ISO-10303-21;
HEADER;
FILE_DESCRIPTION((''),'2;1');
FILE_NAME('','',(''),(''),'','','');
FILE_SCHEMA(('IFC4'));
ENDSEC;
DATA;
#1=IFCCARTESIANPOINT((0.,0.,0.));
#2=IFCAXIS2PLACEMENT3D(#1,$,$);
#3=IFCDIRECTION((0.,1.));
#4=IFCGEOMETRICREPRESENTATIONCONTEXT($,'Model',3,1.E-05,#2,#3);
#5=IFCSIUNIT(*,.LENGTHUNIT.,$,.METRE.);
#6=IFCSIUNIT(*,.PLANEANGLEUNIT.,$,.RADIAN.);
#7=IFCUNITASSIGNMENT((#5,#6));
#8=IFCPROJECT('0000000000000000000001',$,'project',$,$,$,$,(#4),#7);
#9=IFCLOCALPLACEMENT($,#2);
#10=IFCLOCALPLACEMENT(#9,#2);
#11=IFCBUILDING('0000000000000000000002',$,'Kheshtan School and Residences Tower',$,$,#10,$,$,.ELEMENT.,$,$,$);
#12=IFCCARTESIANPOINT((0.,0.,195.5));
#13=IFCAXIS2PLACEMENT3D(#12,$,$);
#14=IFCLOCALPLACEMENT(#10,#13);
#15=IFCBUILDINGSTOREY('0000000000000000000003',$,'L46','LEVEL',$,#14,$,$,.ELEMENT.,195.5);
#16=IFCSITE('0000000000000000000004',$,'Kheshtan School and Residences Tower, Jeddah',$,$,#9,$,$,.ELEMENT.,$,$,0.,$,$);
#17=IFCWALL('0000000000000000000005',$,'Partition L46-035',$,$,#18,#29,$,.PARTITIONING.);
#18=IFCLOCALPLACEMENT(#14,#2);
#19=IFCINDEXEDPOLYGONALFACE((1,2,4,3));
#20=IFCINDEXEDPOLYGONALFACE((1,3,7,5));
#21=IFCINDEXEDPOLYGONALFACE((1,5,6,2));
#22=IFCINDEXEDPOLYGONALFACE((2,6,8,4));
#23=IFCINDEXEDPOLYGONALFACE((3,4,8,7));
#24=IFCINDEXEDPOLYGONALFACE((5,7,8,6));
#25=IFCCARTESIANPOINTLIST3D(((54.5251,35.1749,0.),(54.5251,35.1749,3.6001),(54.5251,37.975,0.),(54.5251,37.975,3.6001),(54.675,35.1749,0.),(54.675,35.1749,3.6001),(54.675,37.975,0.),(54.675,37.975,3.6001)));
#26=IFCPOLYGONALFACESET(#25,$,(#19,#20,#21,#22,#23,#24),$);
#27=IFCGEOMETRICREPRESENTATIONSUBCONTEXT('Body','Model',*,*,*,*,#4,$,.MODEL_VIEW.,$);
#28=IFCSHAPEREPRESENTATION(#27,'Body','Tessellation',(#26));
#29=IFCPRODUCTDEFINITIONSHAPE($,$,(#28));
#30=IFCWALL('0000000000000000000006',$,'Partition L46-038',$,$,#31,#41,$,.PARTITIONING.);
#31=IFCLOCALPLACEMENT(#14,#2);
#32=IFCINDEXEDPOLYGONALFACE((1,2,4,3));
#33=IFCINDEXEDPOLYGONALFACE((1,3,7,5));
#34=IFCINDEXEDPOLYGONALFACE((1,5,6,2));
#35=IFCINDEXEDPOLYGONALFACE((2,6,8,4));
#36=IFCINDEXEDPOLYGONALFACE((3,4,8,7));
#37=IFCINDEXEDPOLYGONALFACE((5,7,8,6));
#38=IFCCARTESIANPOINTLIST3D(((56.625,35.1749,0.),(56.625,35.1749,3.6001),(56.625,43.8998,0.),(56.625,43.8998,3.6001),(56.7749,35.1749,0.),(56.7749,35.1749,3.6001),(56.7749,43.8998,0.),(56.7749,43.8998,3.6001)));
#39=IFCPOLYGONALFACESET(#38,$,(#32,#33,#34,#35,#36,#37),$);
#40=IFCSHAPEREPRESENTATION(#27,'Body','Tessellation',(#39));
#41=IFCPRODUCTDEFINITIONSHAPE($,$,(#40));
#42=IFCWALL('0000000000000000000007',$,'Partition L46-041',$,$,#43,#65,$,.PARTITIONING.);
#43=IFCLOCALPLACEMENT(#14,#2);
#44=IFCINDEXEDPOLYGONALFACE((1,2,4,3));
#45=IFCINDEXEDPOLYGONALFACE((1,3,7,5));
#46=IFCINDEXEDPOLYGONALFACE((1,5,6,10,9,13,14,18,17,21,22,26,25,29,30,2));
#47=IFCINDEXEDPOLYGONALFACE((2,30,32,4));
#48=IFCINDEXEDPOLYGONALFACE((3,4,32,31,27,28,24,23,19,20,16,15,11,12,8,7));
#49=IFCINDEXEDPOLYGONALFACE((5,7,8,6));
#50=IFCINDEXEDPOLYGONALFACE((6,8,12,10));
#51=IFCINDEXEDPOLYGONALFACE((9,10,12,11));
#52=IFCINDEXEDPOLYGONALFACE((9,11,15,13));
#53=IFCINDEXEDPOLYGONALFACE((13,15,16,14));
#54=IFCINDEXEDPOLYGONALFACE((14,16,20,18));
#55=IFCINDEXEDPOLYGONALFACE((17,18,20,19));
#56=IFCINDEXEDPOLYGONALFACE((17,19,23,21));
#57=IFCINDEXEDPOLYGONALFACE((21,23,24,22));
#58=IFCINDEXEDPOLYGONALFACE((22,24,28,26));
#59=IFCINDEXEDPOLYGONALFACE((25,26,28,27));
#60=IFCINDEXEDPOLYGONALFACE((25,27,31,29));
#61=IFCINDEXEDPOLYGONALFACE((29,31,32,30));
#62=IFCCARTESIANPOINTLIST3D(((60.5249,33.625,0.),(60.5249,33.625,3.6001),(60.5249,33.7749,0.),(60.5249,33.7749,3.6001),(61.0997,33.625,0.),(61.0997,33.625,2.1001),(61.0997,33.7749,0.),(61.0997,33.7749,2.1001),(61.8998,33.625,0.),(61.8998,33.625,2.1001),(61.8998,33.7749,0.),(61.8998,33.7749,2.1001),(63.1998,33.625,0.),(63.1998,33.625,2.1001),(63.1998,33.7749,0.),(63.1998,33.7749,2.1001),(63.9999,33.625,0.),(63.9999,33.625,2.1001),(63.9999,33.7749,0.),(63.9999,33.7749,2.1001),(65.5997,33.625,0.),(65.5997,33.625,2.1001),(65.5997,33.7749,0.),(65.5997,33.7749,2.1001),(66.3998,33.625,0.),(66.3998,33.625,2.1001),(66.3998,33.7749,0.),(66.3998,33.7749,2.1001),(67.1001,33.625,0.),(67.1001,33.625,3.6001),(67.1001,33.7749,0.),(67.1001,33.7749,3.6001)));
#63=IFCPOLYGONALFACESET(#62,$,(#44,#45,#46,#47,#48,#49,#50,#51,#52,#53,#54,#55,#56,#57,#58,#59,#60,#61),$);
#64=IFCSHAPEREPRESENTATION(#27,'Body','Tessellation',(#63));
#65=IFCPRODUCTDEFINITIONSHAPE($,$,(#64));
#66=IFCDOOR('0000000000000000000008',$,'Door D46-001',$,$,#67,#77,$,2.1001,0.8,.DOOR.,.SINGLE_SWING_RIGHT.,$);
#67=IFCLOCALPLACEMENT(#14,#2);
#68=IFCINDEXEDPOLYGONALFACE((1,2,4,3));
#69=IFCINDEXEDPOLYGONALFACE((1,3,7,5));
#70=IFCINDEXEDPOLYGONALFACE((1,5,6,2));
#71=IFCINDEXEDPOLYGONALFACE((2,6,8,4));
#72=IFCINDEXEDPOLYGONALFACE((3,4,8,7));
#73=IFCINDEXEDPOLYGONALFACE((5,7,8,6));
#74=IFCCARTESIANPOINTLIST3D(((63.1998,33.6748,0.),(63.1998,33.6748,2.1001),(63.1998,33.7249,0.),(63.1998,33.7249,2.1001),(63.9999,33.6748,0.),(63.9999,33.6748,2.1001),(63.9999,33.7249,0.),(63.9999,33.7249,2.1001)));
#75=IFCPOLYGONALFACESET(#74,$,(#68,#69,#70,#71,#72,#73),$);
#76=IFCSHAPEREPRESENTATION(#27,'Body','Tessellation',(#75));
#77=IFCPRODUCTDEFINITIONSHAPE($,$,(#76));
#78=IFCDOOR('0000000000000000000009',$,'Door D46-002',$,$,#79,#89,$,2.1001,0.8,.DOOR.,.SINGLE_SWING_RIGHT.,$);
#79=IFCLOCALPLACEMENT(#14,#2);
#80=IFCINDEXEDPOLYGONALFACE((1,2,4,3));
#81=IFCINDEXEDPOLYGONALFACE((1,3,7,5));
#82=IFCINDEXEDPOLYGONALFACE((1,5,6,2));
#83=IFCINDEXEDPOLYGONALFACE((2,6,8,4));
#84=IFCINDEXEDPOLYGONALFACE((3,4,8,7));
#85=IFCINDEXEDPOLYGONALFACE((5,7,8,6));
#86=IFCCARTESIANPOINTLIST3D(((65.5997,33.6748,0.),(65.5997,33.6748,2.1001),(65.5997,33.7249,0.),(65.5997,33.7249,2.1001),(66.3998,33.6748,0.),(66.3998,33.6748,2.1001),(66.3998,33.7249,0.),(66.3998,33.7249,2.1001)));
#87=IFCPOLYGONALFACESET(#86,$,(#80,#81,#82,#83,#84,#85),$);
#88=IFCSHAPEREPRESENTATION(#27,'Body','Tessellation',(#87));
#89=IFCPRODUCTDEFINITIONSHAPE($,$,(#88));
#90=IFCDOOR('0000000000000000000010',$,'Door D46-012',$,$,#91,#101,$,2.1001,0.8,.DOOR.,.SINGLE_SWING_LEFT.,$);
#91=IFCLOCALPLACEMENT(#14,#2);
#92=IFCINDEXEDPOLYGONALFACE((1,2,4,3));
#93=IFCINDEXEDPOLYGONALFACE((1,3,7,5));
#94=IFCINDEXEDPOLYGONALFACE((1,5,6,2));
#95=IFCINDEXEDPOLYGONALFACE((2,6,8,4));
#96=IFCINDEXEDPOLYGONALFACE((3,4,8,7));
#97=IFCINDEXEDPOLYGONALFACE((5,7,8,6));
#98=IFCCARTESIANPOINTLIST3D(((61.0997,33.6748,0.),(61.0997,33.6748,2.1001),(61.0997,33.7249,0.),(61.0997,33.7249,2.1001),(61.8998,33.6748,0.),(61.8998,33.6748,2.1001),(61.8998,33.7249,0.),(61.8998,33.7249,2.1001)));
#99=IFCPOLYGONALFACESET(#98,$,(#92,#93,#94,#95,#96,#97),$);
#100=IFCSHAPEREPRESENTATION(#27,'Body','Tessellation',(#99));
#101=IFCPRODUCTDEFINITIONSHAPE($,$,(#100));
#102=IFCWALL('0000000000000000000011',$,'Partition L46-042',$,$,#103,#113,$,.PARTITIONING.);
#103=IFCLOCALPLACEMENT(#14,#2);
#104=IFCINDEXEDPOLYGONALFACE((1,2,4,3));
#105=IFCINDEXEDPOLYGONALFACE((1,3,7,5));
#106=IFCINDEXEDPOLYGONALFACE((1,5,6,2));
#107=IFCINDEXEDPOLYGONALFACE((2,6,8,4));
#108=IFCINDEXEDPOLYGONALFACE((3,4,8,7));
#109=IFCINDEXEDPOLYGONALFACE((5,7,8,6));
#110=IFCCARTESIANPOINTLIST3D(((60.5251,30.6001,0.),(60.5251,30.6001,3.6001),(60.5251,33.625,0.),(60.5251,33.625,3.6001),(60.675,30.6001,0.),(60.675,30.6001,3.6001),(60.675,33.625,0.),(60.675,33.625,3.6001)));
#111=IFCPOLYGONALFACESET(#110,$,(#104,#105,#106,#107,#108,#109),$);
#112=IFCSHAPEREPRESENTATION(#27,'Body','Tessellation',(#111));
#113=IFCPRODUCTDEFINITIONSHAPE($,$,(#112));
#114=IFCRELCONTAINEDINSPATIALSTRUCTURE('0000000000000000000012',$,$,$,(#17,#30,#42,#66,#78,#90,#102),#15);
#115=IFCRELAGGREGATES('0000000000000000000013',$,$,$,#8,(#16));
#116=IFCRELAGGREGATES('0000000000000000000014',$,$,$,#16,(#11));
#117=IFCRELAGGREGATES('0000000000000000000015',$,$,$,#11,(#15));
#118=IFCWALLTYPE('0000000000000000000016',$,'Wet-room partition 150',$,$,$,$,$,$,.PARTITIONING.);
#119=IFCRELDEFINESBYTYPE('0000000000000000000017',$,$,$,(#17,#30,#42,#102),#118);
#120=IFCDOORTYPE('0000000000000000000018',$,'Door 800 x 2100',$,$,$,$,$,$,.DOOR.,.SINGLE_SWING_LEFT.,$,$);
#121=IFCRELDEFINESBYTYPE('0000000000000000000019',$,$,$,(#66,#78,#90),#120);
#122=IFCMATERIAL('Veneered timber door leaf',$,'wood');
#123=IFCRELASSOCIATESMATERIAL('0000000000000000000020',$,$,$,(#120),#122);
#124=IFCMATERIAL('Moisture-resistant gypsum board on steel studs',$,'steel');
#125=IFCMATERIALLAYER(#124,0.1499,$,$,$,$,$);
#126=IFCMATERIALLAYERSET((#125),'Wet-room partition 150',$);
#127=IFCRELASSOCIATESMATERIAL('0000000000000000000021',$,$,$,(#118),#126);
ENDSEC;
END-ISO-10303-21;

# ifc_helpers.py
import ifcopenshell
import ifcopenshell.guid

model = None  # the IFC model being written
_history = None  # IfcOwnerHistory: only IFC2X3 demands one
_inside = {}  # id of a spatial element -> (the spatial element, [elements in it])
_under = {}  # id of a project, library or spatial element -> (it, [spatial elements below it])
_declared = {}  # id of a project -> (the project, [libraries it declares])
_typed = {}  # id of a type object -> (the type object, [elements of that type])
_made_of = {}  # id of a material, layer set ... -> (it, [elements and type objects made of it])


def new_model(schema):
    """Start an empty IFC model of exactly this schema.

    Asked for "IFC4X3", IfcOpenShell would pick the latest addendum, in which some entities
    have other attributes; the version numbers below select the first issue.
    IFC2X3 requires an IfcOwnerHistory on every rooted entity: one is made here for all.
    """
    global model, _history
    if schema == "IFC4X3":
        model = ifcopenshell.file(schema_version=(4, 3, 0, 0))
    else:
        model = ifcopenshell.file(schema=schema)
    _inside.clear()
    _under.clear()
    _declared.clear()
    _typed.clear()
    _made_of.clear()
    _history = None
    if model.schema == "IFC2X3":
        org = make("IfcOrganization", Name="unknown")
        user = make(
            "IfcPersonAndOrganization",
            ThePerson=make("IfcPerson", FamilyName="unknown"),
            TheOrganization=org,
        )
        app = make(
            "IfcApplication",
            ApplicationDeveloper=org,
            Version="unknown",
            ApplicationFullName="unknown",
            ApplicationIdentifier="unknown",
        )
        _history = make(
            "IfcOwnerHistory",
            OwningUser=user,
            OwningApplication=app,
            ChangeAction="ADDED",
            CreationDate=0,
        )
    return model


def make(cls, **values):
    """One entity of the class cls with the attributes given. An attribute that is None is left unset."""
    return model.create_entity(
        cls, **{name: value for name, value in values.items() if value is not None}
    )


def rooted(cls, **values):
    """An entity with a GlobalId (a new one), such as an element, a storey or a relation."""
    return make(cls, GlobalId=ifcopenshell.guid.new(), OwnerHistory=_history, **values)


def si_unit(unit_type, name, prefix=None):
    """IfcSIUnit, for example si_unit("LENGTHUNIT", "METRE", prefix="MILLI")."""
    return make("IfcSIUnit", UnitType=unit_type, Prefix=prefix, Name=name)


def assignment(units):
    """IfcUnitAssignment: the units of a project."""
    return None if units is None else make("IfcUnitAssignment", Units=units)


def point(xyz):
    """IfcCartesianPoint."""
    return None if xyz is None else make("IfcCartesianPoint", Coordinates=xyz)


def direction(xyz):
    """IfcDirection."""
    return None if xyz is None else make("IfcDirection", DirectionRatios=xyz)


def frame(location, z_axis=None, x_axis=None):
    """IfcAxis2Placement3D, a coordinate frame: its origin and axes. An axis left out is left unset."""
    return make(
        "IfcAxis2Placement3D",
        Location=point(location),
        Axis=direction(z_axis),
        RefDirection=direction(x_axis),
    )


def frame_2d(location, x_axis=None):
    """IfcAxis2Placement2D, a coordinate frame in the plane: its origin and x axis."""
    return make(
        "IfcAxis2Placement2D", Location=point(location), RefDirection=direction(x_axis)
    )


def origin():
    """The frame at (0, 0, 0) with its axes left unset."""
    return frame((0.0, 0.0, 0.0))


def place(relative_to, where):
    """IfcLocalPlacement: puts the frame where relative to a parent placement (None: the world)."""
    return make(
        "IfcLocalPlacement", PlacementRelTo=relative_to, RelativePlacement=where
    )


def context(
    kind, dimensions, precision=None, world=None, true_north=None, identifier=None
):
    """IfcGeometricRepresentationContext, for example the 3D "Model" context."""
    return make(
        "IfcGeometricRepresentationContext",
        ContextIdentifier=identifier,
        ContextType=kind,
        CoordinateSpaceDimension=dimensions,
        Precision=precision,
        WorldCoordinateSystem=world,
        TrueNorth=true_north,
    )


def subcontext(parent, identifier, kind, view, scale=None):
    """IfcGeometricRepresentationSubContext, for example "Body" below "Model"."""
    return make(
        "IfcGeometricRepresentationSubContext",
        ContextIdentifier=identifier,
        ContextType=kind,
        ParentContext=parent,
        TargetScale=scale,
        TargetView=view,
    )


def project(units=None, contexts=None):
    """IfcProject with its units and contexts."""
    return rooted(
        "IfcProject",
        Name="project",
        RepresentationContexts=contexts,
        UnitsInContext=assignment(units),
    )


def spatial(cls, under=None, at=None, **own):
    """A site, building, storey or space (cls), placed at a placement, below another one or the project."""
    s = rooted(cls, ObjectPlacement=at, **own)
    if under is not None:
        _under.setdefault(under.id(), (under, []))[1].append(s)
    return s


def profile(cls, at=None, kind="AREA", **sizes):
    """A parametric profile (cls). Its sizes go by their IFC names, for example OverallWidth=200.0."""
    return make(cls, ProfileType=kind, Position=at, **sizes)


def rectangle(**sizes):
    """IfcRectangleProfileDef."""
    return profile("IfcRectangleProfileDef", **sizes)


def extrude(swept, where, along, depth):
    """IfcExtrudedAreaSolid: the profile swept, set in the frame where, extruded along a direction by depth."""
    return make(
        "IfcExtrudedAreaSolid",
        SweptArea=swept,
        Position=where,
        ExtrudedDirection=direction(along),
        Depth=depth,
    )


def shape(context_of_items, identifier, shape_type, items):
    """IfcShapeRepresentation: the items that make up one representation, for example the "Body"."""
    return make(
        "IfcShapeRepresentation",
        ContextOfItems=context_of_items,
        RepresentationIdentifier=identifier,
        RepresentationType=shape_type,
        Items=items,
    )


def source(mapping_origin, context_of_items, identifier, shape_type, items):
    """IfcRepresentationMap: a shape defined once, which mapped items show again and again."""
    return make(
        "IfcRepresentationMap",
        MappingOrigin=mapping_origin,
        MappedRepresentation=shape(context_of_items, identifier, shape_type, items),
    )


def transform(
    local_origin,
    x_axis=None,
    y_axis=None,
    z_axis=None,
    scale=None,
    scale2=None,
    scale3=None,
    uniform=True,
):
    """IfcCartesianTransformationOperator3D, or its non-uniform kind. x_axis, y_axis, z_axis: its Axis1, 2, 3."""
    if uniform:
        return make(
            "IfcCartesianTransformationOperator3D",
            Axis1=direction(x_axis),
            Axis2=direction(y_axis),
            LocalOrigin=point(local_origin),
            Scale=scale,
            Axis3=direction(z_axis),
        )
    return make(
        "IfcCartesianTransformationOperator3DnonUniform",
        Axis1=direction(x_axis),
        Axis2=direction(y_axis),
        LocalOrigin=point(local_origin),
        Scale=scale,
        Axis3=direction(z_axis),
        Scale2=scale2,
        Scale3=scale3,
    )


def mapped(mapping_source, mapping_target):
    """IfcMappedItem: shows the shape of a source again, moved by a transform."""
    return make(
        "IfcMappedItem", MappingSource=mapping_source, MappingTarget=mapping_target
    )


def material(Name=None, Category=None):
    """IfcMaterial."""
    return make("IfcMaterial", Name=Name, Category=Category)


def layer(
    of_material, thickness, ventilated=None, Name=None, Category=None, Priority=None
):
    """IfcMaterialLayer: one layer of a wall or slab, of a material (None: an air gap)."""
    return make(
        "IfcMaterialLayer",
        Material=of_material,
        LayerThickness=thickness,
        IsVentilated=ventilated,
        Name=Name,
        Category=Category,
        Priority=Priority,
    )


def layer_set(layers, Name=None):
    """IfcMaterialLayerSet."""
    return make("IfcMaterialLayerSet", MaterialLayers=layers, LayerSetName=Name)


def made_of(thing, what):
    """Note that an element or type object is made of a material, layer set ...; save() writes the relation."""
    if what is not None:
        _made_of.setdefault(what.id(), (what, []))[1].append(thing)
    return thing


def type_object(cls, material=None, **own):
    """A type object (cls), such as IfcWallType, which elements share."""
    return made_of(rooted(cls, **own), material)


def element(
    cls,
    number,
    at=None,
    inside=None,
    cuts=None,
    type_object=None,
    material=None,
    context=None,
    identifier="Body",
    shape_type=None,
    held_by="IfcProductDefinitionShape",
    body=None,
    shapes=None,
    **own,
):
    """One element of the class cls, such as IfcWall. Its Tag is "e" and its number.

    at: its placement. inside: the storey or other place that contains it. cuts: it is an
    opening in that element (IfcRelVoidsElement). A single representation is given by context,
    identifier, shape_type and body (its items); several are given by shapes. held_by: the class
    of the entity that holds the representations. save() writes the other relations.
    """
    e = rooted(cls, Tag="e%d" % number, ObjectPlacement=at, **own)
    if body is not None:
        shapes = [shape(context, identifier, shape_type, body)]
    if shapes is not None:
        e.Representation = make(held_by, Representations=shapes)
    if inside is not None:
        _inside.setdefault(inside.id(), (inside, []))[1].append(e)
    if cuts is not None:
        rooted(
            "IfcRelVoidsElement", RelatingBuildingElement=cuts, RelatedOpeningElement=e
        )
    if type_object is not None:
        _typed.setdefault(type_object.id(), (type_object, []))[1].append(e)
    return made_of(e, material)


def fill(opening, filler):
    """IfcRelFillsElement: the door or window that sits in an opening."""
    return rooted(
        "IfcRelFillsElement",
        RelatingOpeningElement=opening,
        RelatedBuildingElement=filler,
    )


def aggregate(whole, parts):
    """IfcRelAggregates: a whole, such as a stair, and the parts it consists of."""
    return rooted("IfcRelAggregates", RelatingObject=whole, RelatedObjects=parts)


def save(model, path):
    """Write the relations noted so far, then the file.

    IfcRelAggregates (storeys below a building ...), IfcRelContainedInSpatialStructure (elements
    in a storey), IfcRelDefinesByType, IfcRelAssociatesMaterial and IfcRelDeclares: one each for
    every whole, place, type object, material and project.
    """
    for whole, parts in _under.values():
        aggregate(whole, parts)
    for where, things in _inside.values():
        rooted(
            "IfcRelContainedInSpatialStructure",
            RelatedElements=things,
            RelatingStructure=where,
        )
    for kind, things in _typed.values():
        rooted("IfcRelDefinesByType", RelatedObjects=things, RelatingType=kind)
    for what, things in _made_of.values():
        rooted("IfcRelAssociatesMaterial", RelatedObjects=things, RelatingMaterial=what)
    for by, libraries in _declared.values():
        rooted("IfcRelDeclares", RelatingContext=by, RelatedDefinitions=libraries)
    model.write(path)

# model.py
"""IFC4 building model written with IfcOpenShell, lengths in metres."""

from ifc_helpers import new_model, si_unit, direction, frame, frame_2d, origin, place, context, subcontext, project, spatial, rectangle, extrude, source, transform, mapped, material, layer, layer_set, type_object, element, fill, save


model = new_model("IFC4")

# Units and contexts
model_context = context("Model", 3, precision=1e-05, world=origin(), true_north=direction((0.0, 1.0)))
body_context = subcontext(model_context, "Body", "Model", "MODEL_VIEW")
ifc_project = project(units=[si_unit("LENGTHUNIT", "METRE"), si_unit("PLANEANGLEUNIT", "RADIAN")], contexts=[model_context])

# Site, building, storey
site_placement = place(None, origin())
site = spatial("IfcSite", under=ifc_project, at=site_placement, Name="Kheshtan School and Residences Tower, Jeddah", CompositionType="ELEMENT", RefElevation=0.0)
building_placement = place(site_placement, origin())
building = spatial("IfcBuilding", under=site, at=building_placement, Name="Kheshtan School and Residences Tower", CompositionType="ELEMENT")
storey_placement = place(building_placement, frame((0.0, 0.0, 195.5)))
storey = spatial("IfcBuildingStorey", under=building, at=storey_placement, Name="L46", Description="LEVEL", CompositionType="ELEMENT", Elevation=195.5)

# Shared definitions
ifc_material_1 = material(Name="Veneered timber door leaf", Category="wood")
door_type_1 = type_object("IfcDoorType", Name="Door 800 x 2100", OperationType="SINGLE_SWING_LEFT", PredefinedType="DOOR", material=ifc_material_1)
shared_shape_1 = source(origin(), body_context, "Body", "SweptSolid", [
    extrude(rectangle(XDim=0.8, YDim=2.1001, at=frame_2d((0.3999, 1.05))), frame((0.0, 0.0249, 0.0), z_axis=(0.0, -1.0, 0.0), x_axis=(1.0, 0.0, 0.0)), (0.0, 0.0, 1.0), 0.05),
])

# Shared definitions
ifc_material_2 = material(Name="Moisture-resistant gypsum board on steel studs", Category="steel")
ifc_layer_1 = layer(ifc_material_2, 0.1499)
ifc_layer_set_1 = layer_set([ifc_layer_1], Name="Wet-room partition 150")
wall_type_1 = type_object("IfcWallType", Name="Wet-room partition 150", PredefinedType="PARTITIONING", material=ifc_layer_set_1)

# Walls
wall_1_placement = place(storey_placement, frame((54.6001, 35.175, 0.0), z_axis=(0.0, 0.0, 1.0), x_axis=(0.0, 1.0, 0.0)))
element("IfcWall", 1, at=wall_1_placement, inside=storey, type_object=wall_type_1, Name="Partition L46-035", PredefinedType="PARTITIONING", context=body_context, shape_type="SweptSolid", body=[
    extrude(rectangle(XDim=2.8, YDim=0.1499, at=frame_2d((1.3999, 0.0))), origin(), (0.0, 0.0, 1.0), 3.6001),
])
wall_2_placement = place(storey_placement, frame((56.7, 35.175, 0.0), z_axis=(0.0, 0.0, 1.0), x_axis=(0.0, 1.0, 0.0)))
element("IfcWall", 2, at=wall_2_placement, inside=storey, type_object=wall_type_1, Name="Partition L46-038", PredefinedType="PARTITIONING", context=body_context, shape_type="SweptSolid", body=[
    extrude(rectangle(XDim=8.7249, YDim=0.1499, at=frame_2d((4.3623, 0.0))), origin(), (0.0, 0.0, 1.0), 3.6001),
])

# Wall, openings, doors
wall_3_placement = place(storey_placement, frame((60.5249, 33.7, 0.0), z_axis=(0.0, 0.0, 1.0), x_axis=(1.0, 0.0, 0.0)))
wall_3 = element("IfcWall", 3, at=wall_3_placement, inside=storey, type_object=wall_type_1, Name="Partition L46-041", PredefinedType="PARTITIONING", context=body_context, shape_type="SweptSolid", body=[
    extrude(rectangle(XDim=6.5752, YDim=0.1499, at=frame_2d((3.2876, 0.0))), origin(), (0.0, 0.0, 1.0), 3.6001),
])
opening_1_placement = place(wall_3_placement, frame((2.675, 0.0, 0.0)))
opening_1 = element("IfcOpeningElement", 4, at=opening_1_placement, cuts=wall_3, PredefinedType="OPENING", context=body_context, shape_type="SweptSolid", body=[
    extrude(rectangle(XDim=0.8, YDim=2.1001, at=frame_2d((0.3999, 1.05))), frame((0.0, 0.085, 0.0), z_axis=(0.0, -1.0, 0.0), x_axis=(1.0, 0.0, 0.0)), (0.0, 0.0, 1.0), 0.1699),
])
opening_2_placement = place(wall_3_placement, frame((5.075, 0.0, 0.0)))
opening_2 = element("IfcOpeningElement", 5, at=opening_2_placement, cuts=wall_3, PredefinedType="OPENING", context=body_context, shape_type="SweptSolid", body=[
    extrude(rectangle(XDim=0.8, YDim=2.1001, at=frame_2d((0.3999, 1.05))), frame((0.0, 0.085, 0.0), z_axis=(0.0, -1.0, 0.0), x_axis=(1.0, 0.0, 0.0)), (0.0, 0.0, 1.0), 0.1699),
])
opening_3_placement = place(wall_3_placement, frame((0.575, 0.0, 0.0)))
opening_3 = element("IfcOpeningElement", 6, at=opening_3_placement, cuts=wall_3, PredefinedType="OPENING", context=body_context, shape_type="SweptSolid", body=[
    extrude(rectangle(XDim=0.8, YDim=2.1001, at=frame_2d((0.3999, 1.05))), frame((0.0, 0.085, 0.0), z_axis=(0.0, -1.0, 0.0), x_axis=(1.0, 0.0, 0.0)), (0.0, 0.0, 1.0), 0.1699),
])
door_1_placement = place(opening_1_placement, origin())
door_1 = element("IfcDoor", 7, at=door_1_placement, inside=storey, type_object=door_type_1, Name="Door D46-001", OperationType="SINGLE_SWING_RIGHT", OverallHeight=2.1001, OverallWidth=0.8, PredefinedType="DOOR", context=body_context, shape_type="MappedRepresentation", body=[
    mapped(shared_shape_1, transform((0.0, 0.0, 0.0), x_axis=(1.0, 0.0, 0.0), y_axis=(0.0, 1.0, 0.0), z_axis=(0.0, 0.0, 1.0), scale=1.0)),
])
fill(opening_1, door_1)
door_2_placement = place(opening_2_placement, origin())
door_2 = element("IfcDoor", 8, at=door_2_placement, inside=storey, type_object=door_type_1, Name="Door D46-002", OperationType="SINGLE_SWING_RIGHT", OverallHeight=2.1001, OverallWidth=0.8, PredefinedType="DOOR", context=body_context, shape_type="MappedRepresentation", body=[
    mapped(shared_shape_1, transform((0.0, 0.0, 0.0), x_axis=(1.0, 0.0, 0.0), y_axis=(0.0, 1.0, 0.0), z_axis=(0.0, 0.0, 1.0), scale=1.0)),
])
fill(opening_2, door_2)
door_3_placement = place(opening_3_placement, origin())
door_3 = element("IfcDoor", 9, at=door_3_placement, inside=storey, type_object=door_type_1, Name="Door D46-012", OperationType="SINGLE_SWING_LEFT", OverallHeight=2.1001, OverallWidth=0.8, PredefinedType="DOOR", context=body_context, shape_type="MappedRepresentation", body=[
    mapped(shared_shape_1, transform((0.0, 0.0, 0.0), x_axis=(1.0, 0.0, 0.0), y_axis=(0.0, 1.0, 0.0), z_axis=(0.0, 0.0, 1.0), scale=1.0)),
])
fill(opening_3, door_3)

# Wall
wall_4_placement = place(storey_placement, frame((60.6001, 30.6001, 0.0), z_axis=(0.0, 0.0, 1.0), x_axis=(0.0, 1.0, 0.0)))
element("IfcWall", 10, at=wall_4_placement, inside=storey, type_object=wall_type_1, Name="Partition L46-042", PredefinedType="PARTITIONING", context=body_context, shape_type="SweptSolid", body=[
    extrude(rectangle(XDim=3.0249, YDim=0.1499, at=frame_2d((1.5125, 0.0))), origin(), (0.0, 0.0, 1.0), 3.6001),
])

save(model, "model.ifc")
